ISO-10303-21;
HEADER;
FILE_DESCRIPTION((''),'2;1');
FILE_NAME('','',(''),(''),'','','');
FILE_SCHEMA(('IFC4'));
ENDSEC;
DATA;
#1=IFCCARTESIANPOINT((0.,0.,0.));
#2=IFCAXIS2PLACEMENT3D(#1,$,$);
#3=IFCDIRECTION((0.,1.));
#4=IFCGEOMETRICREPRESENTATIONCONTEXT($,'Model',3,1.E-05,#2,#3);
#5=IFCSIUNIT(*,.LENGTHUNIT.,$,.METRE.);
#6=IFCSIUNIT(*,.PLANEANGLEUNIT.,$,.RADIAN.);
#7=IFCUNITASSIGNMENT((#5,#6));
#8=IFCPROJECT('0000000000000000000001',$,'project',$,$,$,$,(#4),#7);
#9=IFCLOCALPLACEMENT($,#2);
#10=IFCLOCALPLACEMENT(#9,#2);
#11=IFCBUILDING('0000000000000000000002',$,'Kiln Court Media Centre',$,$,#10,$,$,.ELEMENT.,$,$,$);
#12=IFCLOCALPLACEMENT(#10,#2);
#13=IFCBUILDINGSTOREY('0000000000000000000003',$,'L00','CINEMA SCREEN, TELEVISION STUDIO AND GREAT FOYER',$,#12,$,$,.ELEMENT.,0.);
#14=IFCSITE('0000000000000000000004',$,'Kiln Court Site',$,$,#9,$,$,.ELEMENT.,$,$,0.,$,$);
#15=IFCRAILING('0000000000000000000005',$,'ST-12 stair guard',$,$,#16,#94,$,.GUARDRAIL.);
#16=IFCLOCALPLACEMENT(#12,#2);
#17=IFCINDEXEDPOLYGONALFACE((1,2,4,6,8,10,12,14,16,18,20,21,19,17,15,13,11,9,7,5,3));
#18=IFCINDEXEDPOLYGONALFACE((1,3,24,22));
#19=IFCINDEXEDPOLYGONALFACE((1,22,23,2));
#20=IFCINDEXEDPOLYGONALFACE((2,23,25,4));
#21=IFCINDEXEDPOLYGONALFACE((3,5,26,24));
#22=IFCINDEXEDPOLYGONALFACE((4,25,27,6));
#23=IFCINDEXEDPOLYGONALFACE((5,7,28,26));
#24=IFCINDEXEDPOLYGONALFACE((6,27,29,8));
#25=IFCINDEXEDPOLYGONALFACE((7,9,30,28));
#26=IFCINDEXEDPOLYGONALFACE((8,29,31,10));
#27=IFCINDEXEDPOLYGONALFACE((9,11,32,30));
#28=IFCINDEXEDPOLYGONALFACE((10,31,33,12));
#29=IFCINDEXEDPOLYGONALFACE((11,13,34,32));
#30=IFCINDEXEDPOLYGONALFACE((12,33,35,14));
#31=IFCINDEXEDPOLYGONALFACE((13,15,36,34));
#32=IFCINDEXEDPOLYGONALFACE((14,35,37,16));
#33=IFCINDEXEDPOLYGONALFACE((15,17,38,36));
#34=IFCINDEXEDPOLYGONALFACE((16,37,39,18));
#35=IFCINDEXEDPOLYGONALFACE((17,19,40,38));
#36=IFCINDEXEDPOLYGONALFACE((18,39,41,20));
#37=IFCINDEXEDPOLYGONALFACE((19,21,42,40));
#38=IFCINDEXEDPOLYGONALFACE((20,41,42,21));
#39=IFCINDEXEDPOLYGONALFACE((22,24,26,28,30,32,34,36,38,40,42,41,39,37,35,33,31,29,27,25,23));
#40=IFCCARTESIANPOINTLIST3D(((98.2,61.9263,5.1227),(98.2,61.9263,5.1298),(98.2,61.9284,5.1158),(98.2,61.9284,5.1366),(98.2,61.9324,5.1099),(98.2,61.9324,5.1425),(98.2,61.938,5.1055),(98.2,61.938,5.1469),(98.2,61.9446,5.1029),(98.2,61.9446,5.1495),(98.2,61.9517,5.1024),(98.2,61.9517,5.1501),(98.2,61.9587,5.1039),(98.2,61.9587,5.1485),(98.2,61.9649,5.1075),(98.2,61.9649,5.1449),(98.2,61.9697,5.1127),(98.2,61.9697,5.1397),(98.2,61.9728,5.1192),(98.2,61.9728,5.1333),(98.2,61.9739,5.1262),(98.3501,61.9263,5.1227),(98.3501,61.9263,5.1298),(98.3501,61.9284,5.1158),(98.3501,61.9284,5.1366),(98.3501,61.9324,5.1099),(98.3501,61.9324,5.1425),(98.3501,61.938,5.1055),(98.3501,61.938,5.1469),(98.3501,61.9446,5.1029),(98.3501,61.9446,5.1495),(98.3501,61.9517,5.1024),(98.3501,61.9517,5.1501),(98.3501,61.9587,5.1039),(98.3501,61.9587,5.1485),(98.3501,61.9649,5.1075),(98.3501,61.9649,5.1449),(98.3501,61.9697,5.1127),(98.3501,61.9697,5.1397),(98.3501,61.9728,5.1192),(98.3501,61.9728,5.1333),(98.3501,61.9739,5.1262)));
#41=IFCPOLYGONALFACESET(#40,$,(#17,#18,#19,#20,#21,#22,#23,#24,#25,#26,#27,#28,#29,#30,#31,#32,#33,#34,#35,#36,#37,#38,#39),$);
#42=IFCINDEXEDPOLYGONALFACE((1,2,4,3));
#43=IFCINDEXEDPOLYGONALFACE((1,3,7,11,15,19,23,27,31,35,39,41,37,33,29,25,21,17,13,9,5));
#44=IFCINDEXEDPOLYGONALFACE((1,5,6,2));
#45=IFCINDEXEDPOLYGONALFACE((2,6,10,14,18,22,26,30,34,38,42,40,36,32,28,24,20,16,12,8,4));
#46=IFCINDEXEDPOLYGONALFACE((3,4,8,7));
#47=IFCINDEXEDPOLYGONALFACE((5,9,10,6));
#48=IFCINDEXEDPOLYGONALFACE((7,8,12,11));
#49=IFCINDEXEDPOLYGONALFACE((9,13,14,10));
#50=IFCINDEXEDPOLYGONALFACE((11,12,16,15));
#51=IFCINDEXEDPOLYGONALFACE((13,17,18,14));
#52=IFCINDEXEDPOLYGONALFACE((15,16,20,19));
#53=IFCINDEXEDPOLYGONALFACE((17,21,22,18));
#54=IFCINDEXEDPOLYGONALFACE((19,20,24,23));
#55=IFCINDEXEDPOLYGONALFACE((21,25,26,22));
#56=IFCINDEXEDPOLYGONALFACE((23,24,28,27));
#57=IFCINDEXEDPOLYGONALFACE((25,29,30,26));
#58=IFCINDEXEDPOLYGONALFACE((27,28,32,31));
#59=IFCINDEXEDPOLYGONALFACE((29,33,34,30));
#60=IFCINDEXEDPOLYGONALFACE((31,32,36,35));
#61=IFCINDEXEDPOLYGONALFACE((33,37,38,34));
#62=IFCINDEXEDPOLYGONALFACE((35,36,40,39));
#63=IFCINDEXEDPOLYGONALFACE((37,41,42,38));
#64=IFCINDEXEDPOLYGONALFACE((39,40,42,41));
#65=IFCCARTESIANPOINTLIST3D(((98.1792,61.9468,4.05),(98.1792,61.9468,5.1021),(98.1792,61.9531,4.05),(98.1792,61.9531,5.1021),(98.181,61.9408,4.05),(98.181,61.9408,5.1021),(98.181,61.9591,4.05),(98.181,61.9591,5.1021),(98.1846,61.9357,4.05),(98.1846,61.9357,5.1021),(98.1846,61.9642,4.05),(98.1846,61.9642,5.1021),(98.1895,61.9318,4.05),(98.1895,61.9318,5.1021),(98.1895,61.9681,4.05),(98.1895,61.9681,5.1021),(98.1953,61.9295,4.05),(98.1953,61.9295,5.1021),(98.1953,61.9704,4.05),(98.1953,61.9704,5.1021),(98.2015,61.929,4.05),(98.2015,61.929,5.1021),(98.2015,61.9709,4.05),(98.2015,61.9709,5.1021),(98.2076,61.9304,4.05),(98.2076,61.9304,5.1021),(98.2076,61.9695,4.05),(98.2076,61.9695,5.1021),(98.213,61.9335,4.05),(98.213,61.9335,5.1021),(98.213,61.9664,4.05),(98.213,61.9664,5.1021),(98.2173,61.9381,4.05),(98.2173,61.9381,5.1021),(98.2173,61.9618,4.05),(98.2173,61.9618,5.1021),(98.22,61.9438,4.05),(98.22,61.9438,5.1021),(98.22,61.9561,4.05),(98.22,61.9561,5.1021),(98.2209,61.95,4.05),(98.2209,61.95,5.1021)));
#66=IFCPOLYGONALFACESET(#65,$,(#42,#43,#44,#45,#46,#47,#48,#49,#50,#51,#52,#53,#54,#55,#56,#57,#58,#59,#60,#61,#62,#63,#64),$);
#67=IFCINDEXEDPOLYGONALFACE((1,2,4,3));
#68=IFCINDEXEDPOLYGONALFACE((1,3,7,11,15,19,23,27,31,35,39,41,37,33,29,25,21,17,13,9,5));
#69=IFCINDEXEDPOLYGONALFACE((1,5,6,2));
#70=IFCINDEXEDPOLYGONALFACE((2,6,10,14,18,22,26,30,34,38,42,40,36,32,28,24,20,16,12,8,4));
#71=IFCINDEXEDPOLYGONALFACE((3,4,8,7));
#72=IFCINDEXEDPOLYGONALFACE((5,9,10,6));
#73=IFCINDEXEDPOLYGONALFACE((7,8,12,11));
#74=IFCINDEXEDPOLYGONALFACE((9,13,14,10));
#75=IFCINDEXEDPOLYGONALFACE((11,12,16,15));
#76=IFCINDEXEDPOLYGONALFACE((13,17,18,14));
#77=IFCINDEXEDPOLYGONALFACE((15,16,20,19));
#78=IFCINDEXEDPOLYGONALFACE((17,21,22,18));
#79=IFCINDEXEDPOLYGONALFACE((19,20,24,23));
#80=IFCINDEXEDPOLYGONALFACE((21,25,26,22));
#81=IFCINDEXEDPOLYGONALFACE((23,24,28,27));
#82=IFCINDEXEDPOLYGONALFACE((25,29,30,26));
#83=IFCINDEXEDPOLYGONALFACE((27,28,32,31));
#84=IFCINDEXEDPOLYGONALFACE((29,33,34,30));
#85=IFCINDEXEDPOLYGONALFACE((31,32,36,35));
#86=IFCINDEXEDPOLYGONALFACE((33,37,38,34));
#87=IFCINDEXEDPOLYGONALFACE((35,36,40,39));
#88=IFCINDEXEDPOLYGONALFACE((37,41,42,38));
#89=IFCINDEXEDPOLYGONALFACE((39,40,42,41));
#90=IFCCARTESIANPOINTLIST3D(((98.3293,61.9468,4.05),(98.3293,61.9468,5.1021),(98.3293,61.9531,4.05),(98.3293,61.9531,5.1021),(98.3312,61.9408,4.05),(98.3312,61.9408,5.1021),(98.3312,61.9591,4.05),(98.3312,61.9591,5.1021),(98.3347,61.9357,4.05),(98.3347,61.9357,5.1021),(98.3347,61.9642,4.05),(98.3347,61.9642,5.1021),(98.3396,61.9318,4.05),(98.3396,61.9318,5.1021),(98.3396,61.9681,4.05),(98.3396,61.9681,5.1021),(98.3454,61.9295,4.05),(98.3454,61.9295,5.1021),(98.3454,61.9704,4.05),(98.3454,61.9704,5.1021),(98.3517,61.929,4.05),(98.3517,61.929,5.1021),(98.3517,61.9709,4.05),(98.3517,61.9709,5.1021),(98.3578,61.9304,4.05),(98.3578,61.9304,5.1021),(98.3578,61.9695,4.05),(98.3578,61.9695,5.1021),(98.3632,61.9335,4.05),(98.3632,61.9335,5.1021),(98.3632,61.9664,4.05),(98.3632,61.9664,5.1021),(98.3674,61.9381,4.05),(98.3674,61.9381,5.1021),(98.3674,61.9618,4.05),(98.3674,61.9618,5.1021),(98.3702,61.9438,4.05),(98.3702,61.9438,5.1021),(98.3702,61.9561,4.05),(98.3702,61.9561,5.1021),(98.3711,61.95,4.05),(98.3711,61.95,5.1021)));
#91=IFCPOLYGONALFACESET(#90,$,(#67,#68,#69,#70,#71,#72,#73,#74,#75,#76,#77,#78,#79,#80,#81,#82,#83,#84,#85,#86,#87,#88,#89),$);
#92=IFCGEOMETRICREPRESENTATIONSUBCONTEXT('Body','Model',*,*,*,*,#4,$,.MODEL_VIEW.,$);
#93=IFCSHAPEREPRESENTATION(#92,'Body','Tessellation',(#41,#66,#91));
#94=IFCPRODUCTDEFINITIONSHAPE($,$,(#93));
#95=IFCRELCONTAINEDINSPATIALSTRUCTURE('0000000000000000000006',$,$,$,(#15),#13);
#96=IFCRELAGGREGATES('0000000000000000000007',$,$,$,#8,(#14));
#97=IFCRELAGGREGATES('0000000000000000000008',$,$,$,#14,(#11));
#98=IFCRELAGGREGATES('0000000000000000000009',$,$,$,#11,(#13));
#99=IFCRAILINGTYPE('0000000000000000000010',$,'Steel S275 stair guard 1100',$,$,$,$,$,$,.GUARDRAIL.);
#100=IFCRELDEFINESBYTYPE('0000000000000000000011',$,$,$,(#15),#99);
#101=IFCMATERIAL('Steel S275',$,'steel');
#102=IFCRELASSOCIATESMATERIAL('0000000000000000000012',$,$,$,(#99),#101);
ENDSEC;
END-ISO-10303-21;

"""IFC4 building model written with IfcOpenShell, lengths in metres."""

from ifc_helpers import new_model, si_unit, direction, frame, origin, origin_2d, place, context, subcontext, project, spatial, circle, extrude, material, type_object, element, save


model = new_model("IFC4")

# Units and contexts
model_context = context("Model", 3, precision=1e-05, world=origin(), true_north=direction((0.0, 1.0)))
body_context = subcontext(model_context, "Body", "Model", "MODEL_VIEW")
ifc_project = project(units=[si_unit("LENGTHUNIT", "METRE"), si_unit("PLANEANGLEUNIT", "RADIAN")], contexts=[model_context])

# Site, building, storey
site_placement = place(None, origin())
site = spatial("IfcSite", under=ifc_project, at=site_placement, Name="Kiln Court Site", CompositionType="ELEMENT", RefElevation=0.0)
building_placement = place(site_placement, origin())
building = spatial("IfcBuilding", under=site, at=building_placement, Name="Kiln Court Media Centre", CompositionType="ELEMENT")
storey_placement = place(building_placement, origin())
storey = spatial("IfcBuildingStorey", under=building, at=storey_placement, Name="L00", Description="CINEMA SCREEN, TELEVISION STUDIO AND GREAT FOYER", CompositionType="ELEMENT", Elevation=0.0)

# Railing
ifc_material_1 = material(Name="Steel S275", Category="steel")
railing_type = type_object("IfcRailingType", Name="Steel S275 stair guard 1100", PredefinedType="GUARDRAIL", material=ifc_material_1)
railing_1_placement = place(storey_placement, frame((98.2, 61.95, 4.05)))
element("IfcRailing", 1, at=railing_1_placement, inside=storey, type_object=railing_type, Name="ST-12 stair guard", PredefinedType="GUARDRAIL", context=body_context, shape_type="SweptSolid", body=[
    extrude(circle(Radius=0.0239, at=origin_2d()), frame((0.0, 0.0, 1.0762), z_axis=(1.0, 0.0, 0.0), x_axis=(0.0, 1.0, 0.0)), (0.0, 0.0, 1.0), 0.1501),
    extrude(circle(Radius=0.021, at=origin_2d()), origin(), (0.0, 0.0, 1.0), 1.052),
    extrude(circle(Radius=0.021, at=origin_2d()), frame((0.1501, 0.0, 0.0)), (0.0, 0.0, 1.0), 1.052),
])

save(model, "model.ifc")
